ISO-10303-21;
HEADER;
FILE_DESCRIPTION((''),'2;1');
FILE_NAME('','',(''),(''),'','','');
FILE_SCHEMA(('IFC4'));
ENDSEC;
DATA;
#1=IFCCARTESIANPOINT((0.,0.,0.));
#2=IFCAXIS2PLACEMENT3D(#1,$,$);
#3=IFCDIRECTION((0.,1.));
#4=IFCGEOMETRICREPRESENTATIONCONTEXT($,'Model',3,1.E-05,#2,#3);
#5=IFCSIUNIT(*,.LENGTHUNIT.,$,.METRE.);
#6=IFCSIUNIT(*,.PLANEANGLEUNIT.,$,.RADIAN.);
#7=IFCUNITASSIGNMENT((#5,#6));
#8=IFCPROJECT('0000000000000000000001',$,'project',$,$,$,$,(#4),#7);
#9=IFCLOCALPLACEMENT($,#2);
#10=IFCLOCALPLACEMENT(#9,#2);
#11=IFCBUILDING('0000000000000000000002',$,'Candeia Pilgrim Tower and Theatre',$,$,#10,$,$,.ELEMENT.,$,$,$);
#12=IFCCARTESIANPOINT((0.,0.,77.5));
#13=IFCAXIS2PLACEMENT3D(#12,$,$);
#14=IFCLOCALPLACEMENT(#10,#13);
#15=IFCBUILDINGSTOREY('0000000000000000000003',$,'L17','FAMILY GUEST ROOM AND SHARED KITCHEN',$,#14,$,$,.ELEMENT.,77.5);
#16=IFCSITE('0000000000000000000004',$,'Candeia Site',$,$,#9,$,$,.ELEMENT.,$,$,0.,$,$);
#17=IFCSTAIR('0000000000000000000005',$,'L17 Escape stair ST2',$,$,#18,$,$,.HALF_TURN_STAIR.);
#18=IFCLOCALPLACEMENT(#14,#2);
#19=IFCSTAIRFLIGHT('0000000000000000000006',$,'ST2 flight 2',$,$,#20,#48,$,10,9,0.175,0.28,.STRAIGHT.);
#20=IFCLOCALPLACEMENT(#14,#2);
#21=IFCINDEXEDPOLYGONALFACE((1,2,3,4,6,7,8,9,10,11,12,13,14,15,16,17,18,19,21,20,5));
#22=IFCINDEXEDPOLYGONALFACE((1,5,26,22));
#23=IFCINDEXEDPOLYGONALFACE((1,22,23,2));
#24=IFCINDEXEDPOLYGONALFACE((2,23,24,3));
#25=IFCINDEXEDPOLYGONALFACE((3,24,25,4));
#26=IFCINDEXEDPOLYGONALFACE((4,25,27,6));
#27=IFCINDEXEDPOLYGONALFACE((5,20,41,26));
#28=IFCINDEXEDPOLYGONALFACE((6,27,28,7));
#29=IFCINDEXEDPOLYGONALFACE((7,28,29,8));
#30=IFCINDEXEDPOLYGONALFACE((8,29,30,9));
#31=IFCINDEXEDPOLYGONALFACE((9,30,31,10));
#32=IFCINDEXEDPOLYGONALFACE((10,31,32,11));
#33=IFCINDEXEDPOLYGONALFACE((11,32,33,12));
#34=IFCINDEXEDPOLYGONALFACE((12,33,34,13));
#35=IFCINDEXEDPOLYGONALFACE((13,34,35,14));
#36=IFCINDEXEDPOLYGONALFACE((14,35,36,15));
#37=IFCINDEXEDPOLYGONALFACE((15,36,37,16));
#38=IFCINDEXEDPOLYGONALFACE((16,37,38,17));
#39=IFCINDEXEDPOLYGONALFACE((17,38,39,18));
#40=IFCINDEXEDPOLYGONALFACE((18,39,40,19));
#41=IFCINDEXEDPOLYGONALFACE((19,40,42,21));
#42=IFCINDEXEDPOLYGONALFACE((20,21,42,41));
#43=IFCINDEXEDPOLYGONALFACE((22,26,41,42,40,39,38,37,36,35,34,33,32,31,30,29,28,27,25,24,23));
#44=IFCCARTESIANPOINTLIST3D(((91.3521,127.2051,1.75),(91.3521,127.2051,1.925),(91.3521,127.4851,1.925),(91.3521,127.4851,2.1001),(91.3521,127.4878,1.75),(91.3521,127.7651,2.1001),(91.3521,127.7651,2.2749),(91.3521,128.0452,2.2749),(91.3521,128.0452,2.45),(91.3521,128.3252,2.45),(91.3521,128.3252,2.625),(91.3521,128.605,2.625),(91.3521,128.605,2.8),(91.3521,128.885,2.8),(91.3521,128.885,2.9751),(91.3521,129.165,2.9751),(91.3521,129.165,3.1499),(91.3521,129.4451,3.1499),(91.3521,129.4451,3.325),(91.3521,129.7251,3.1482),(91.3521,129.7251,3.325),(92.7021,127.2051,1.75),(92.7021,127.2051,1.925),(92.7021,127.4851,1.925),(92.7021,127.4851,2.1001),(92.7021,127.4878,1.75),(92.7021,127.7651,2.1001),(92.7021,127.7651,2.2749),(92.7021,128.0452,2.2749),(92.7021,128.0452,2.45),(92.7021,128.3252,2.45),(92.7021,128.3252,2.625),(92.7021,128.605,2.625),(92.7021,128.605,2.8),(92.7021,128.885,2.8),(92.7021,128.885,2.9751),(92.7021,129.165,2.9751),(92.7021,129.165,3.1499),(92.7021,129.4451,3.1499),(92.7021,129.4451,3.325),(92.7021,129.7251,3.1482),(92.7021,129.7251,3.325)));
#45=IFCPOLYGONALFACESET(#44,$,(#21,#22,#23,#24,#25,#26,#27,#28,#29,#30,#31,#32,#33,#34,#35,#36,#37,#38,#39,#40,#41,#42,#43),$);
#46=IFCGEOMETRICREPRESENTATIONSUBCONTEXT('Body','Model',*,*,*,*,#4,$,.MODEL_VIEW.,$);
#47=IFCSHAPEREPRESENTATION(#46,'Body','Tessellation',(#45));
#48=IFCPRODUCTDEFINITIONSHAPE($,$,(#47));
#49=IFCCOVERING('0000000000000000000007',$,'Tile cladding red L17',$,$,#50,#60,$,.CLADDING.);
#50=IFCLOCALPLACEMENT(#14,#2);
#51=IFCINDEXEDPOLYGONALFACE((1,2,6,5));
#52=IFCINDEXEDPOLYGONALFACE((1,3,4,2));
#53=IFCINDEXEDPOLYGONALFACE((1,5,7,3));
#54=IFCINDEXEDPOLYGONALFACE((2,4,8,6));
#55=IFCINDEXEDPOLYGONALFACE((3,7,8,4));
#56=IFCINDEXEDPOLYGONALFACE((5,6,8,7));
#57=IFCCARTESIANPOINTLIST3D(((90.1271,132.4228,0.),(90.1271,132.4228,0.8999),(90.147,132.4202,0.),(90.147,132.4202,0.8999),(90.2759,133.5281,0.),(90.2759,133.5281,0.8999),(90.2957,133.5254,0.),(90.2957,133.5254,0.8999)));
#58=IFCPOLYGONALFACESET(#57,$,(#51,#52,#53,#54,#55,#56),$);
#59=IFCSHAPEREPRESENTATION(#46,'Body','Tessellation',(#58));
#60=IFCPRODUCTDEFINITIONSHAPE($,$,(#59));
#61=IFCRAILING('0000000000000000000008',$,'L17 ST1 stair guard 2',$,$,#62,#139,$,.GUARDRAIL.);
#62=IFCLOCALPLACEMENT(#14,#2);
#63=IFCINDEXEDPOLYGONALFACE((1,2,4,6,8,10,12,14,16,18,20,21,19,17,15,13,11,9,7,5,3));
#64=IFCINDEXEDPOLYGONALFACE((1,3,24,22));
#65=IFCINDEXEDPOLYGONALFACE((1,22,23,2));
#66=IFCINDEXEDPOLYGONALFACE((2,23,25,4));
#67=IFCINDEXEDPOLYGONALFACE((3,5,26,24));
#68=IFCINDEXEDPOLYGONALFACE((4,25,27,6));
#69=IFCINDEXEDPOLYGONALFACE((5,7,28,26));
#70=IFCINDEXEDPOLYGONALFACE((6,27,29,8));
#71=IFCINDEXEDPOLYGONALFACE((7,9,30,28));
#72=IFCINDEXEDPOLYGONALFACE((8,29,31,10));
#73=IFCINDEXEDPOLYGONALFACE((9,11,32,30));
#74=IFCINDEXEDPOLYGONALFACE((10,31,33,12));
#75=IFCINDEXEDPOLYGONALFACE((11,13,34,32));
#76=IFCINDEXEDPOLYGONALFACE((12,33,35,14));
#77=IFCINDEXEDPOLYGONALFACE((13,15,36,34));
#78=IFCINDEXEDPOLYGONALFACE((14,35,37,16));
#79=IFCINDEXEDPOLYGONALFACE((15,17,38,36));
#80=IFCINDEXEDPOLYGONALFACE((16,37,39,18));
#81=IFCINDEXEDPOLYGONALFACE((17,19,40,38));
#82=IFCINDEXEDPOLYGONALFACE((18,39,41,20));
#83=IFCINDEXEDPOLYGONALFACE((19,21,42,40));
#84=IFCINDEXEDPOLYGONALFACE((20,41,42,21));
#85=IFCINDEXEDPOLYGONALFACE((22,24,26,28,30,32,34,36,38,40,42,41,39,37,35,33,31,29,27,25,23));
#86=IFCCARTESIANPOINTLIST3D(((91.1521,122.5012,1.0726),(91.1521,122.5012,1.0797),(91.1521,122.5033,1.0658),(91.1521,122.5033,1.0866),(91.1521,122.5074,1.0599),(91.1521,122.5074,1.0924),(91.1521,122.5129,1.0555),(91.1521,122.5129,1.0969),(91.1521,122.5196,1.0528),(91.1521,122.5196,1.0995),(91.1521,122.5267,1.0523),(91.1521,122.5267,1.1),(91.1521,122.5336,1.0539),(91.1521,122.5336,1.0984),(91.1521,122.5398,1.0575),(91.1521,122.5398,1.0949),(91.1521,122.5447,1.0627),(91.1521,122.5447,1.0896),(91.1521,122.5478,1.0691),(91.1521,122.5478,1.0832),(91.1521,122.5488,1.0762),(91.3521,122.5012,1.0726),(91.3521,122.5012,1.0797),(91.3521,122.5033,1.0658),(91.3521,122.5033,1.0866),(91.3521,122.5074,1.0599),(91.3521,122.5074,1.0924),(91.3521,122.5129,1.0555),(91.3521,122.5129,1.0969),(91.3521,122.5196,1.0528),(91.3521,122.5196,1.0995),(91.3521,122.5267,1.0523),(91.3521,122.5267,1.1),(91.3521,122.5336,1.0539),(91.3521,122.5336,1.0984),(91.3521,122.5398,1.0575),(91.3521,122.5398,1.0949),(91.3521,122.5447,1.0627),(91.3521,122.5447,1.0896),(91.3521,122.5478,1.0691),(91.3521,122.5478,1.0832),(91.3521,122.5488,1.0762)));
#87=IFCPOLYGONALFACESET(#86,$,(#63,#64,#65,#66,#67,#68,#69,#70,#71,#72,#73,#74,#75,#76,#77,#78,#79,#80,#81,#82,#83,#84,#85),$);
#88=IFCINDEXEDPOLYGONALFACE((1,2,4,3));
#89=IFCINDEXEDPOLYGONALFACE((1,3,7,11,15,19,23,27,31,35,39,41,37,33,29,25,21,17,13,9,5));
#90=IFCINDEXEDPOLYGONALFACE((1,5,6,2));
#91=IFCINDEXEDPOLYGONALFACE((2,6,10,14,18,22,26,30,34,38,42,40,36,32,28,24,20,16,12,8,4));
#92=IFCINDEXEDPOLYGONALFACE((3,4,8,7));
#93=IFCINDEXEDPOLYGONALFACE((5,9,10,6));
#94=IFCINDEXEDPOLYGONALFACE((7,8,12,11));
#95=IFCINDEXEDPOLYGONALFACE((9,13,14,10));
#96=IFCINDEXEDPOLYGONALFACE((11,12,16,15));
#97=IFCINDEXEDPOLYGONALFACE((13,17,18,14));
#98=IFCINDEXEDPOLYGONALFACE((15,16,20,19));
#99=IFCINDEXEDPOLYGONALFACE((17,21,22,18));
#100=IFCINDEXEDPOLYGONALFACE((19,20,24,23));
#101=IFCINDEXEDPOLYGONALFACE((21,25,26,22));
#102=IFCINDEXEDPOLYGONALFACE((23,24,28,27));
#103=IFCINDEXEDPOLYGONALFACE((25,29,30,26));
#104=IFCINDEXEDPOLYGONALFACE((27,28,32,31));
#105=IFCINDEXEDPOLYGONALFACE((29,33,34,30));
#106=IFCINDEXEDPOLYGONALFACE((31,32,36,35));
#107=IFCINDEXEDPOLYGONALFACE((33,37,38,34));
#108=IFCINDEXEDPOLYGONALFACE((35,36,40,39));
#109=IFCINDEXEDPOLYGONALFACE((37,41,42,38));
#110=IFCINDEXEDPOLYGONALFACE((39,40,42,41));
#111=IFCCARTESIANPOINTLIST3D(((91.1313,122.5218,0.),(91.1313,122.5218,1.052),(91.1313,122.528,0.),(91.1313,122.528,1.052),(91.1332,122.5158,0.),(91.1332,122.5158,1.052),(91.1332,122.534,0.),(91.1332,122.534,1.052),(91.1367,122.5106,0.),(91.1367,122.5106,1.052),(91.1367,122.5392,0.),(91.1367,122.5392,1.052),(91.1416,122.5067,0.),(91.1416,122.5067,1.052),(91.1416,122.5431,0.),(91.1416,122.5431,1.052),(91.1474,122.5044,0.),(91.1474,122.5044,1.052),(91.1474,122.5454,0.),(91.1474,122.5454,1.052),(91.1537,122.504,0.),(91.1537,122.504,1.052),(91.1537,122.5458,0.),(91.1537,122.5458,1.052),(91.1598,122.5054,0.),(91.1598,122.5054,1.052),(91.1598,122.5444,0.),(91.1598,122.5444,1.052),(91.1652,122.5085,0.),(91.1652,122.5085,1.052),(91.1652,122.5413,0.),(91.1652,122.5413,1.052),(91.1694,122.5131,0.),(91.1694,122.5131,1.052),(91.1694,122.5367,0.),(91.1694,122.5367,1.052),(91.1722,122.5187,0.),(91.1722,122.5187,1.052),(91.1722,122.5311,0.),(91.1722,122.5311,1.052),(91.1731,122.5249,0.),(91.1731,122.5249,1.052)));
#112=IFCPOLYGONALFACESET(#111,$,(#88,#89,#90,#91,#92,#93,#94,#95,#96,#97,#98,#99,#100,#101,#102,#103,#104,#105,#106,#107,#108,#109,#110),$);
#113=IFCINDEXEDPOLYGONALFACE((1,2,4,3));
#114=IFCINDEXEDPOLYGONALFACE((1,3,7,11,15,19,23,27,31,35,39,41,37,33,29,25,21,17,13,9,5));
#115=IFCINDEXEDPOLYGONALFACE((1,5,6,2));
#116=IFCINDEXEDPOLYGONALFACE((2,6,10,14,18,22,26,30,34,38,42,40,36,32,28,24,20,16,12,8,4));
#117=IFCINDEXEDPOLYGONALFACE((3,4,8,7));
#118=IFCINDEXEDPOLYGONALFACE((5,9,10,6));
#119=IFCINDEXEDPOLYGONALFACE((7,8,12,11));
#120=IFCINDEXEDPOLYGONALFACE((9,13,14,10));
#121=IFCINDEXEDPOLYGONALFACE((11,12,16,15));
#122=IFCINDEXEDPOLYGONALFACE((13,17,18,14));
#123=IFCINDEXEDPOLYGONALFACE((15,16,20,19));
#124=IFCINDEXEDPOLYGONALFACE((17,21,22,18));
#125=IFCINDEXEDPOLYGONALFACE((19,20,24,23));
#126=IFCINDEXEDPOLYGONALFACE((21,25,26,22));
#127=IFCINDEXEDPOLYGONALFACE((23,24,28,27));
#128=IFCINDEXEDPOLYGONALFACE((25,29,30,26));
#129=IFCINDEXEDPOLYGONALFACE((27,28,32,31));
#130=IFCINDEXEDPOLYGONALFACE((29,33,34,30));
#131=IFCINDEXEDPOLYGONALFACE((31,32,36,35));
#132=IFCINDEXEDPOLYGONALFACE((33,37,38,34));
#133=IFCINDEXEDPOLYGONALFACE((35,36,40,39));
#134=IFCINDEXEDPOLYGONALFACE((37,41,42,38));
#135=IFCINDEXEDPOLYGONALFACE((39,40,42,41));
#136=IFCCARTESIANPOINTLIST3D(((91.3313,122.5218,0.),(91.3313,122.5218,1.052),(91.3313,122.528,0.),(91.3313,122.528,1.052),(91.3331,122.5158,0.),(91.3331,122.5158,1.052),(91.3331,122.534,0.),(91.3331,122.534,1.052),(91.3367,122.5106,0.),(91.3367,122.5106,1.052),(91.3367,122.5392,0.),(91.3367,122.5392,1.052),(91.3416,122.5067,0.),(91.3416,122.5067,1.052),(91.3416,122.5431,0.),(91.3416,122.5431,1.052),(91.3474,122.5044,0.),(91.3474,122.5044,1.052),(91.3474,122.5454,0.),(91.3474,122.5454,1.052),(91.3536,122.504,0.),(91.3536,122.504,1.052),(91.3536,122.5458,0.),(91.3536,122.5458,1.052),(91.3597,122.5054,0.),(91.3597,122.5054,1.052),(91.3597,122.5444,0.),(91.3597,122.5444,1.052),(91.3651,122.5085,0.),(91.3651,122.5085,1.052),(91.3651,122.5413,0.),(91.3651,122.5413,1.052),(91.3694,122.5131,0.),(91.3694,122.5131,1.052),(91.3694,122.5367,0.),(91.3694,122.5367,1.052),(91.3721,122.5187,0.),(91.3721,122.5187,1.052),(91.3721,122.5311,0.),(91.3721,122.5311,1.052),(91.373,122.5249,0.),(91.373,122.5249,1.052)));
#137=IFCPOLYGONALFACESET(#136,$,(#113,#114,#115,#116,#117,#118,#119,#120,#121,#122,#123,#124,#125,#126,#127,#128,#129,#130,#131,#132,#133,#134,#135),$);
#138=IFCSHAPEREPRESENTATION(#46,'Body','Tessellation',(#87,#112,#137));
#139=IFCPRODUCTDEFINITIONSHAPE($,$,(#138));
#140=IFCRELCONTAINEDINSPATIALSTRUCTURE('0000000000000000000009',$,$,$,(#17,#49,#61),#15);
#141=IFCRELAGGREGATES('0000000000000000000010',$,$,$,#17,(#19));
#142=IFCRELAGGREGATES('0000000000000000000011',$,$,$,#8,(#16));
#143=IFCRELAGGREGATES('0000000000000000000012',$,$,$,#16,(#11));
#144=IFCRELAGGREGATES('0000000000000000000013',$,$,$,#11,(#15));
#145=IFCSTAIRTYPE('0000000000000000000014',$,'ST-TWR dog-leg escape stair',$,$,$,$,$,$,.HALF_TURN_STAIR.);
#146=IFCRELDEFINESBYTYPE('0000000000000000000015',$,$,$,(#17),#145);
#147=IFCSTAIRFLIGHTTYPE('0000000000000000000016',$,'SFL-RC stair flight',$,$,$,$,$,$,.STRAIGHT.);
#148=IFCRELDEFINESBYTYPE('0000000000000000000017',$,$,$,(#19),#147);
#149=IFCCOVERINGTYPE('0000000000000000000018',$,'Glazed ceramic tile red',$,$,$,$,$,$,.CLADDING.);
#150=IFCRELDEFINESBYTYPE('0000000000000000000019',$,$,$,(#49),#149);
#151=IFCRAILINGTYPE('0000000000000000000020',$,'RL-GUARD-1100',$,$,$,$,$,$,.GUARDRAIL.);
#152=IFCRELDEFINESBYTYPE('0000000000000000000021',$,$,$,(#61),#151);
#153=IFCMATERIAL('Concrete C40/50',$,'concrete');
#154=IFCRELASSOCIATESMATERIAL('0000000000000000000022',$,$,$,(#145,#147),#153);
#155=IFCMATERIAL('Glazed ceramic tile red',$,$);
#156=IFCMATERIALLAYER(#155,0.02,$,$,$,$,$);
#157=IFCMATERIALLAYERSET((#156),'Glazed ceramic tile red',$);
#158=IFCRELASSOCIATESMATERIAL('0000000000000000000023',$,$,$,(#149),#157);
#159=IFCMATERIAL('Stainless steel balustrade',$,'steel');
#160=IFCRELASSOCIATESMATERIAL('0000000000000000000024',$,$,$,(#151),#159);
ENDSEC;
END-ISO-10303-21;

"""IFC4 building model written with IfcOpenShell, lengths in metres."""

from ifc_helpers import new_model, si_unit, direction, frame, origin, origin_2d, place, context, subcontext, project, spatial, polyline, rectangle, circle, outline, extrude, material, layer, layer_set, type_object, element, aggregate, save


model = new_model("IFC4")

# Units and contexts
model_context = context("Model", 3, precision=1e-05, world=origin(), true_north=direction((0.0, 1.0)))
body_context = subcontext(model_context, "Body", "Model", "MODEL_VIEW")
ifc_project = project(units=[si_unit("LENGTHUNIT", "METRE"), si_unit("PLANEANGLEUNIT", "RADIAN")], contexts=[model_context])

# Site, building, storey
site_placement = place(None, origin())
site = spatial("IfcSite", under=ifc_project, at=site_placement, Name="Candeia Site", CompositionType="ELEMENT", RefElevation=0.0)
building_placement = place(site_placement, origin())
building = spatial("IfcBuilding", under=site, at=building_placement, Name="Candeia Pilgrim Tower and Theatre", CompositionType="ELEMENT")
storey_placement = place(building_placement, frame((0.0, 0.0, 77.5)))
storey = spatial("IfcBuildingStorey", under=building, at=storey_placement, Name="L17", Description="FAMILY GUEST ROOM AND SHARED KITCHEN", CompositionType="ELEMENT", Elevation=77.5)

# Shared definitions
ifc_material_1 = material(Name="Concrete C40/50", Category="concrete")

# Stair, stair flight
stair_type = type_object("IfcStairType", Name="ST-TWR dog-leg escape stair", PredefinedType="HALF_TURN_STAIR", material=ifc_material_1)
stair_flight_type = type_object("IfcStairFlightType", Name="SFL-RC stair flight", PredefinedType="STRAIGHT", material=ifc_material_1)
stair_1_placement = place(storey_placement, origin())
stair_1 = element("IfcStair", 1, at=stair_1_placement, inside=storey, type_object=stair_type, Name="L17 Escape stair ST2", PredefinedType="HALF_TURN_STAIR")
stair_flight_1_placement = place(storey_placement, frame((92.0271, 127.2051, 1.75), z_axis=(0.0, 0.0, 1.0), x_axis=(0.0, 1.0, 0.0)))
stair_flight_1 = element("IfcStairFlight", 2, at=stair_flight_1_placement, type_object=stair_flight_type, Name="ST2 flight 2", NumberOfRisers=10, NumberOfTreads=9, PredefinedType="STRAIGHT", RiserHeight=0.175, TreadLength=0.28, context=body_context, shape_type="SweptSolid", body=[
    extrude(outline(polyline([(0.0, 0.0), (0.0, 0.175), (0.28, 0.175), (0.28, 0.3501), (0.5601, 0.3501), (0.5601, 0.5249), (0.8401, 0.5249), (0.8401, 0.7), (1.1201, 0.7), (1.1201, 0.875), (1.3999, 0.875), (1.3999, 1.05), (1.6799, 1.05), (1.6799, 1.2251), (1.96, 1.2251), (1.96, 1.3999), (2.24, 1.3999), (2.24, 1.575), (2.52, 1.575), (2.52, 1.75), (2.52, 1.3982), (0.2827, 0.0), (0.0, 0.0)])), frame((0.0, 0.675, 0.0), z_axis=(0.0, -1.0, 0.0), x_axis=(1.0, 0.0, 0.0)), (0.0, 0.0, 1.0), 1.3501),
])
aggregate(stair_1, [stair_flight_1])

# Shared definitions
ifc_material_2 = material(Name="Stainless steel balustrade", Category="steel")

# Covering
ifc_material_3 = material(Name="Glazed ceramic tile red")
ifc_layer_1 = layer(ifc_material_3, 0.02)
ifc_layer_set_1 = layer_set([ifc_layer_1], Name="Glazed ceramic tile red")
covering_type = type_object("IfcCoveringType", Name="Glazed ceramic tile red", PredefinedType="CLADDING", material=ifc_layer_set_1)
covering_placement = place(storey_placement, frame((90.2114, 132.9741, 0.0), z_axis=(0.0, 0.0, 1.0), x_axis=(-0.133412, -0.991061, 0.0)))
element("IfcCovering", 3, at=covering_placement, inside=storey, type_object=covering_type, Name="Tile cladding red L17", PredefinedType="CLADDING", context=body_context, shape_type="SweptSolid", body=[
    extrude(rectangle(XDim=1.1152, YDim=0.02, at=origin_2d()), origin(), (0.0, 0.0, 1.0), 0.8999),
])

# Railing
railing_type_1 = type_object("IfcRailingType", Name="RL-GUARD-1100", PredefinedType="GUARDRAIL", material=ifc_material_2)
railing_1_placement = place(storey_placement, frame((91.1521, 122.5249, 0.0)))
element("IfcRailing", 4, at=railing_1_placement, inside=storey, type_object=railing_type_1, Name="L17 ST1 stair guard 2", PredefinedType="GUARDRAIL", context=body_context, shape_type="SweptSolid", body=[
    extrude(circle(Radius=0.0239, at=origin_2d()), frame((0.0, 0.0, 1.0762), z_axis=(1.0, 0.0, 0.0), x_axis=(0.0, 1.0, 0.0)), (0.0, 0.0, 1.0), 0.2),
    extrude(circle(Radius=0.021, at=origin_2d()), origin(), (0.0, 0.0, 1.0), 1.052),
    extrude(circle(Radius=0.021, at=origin_2d()), frame((0.2, 0.0, 0.0)), (0.0, 0.0, 1.0), 1.052),
])

save(model, "model.ifc")
